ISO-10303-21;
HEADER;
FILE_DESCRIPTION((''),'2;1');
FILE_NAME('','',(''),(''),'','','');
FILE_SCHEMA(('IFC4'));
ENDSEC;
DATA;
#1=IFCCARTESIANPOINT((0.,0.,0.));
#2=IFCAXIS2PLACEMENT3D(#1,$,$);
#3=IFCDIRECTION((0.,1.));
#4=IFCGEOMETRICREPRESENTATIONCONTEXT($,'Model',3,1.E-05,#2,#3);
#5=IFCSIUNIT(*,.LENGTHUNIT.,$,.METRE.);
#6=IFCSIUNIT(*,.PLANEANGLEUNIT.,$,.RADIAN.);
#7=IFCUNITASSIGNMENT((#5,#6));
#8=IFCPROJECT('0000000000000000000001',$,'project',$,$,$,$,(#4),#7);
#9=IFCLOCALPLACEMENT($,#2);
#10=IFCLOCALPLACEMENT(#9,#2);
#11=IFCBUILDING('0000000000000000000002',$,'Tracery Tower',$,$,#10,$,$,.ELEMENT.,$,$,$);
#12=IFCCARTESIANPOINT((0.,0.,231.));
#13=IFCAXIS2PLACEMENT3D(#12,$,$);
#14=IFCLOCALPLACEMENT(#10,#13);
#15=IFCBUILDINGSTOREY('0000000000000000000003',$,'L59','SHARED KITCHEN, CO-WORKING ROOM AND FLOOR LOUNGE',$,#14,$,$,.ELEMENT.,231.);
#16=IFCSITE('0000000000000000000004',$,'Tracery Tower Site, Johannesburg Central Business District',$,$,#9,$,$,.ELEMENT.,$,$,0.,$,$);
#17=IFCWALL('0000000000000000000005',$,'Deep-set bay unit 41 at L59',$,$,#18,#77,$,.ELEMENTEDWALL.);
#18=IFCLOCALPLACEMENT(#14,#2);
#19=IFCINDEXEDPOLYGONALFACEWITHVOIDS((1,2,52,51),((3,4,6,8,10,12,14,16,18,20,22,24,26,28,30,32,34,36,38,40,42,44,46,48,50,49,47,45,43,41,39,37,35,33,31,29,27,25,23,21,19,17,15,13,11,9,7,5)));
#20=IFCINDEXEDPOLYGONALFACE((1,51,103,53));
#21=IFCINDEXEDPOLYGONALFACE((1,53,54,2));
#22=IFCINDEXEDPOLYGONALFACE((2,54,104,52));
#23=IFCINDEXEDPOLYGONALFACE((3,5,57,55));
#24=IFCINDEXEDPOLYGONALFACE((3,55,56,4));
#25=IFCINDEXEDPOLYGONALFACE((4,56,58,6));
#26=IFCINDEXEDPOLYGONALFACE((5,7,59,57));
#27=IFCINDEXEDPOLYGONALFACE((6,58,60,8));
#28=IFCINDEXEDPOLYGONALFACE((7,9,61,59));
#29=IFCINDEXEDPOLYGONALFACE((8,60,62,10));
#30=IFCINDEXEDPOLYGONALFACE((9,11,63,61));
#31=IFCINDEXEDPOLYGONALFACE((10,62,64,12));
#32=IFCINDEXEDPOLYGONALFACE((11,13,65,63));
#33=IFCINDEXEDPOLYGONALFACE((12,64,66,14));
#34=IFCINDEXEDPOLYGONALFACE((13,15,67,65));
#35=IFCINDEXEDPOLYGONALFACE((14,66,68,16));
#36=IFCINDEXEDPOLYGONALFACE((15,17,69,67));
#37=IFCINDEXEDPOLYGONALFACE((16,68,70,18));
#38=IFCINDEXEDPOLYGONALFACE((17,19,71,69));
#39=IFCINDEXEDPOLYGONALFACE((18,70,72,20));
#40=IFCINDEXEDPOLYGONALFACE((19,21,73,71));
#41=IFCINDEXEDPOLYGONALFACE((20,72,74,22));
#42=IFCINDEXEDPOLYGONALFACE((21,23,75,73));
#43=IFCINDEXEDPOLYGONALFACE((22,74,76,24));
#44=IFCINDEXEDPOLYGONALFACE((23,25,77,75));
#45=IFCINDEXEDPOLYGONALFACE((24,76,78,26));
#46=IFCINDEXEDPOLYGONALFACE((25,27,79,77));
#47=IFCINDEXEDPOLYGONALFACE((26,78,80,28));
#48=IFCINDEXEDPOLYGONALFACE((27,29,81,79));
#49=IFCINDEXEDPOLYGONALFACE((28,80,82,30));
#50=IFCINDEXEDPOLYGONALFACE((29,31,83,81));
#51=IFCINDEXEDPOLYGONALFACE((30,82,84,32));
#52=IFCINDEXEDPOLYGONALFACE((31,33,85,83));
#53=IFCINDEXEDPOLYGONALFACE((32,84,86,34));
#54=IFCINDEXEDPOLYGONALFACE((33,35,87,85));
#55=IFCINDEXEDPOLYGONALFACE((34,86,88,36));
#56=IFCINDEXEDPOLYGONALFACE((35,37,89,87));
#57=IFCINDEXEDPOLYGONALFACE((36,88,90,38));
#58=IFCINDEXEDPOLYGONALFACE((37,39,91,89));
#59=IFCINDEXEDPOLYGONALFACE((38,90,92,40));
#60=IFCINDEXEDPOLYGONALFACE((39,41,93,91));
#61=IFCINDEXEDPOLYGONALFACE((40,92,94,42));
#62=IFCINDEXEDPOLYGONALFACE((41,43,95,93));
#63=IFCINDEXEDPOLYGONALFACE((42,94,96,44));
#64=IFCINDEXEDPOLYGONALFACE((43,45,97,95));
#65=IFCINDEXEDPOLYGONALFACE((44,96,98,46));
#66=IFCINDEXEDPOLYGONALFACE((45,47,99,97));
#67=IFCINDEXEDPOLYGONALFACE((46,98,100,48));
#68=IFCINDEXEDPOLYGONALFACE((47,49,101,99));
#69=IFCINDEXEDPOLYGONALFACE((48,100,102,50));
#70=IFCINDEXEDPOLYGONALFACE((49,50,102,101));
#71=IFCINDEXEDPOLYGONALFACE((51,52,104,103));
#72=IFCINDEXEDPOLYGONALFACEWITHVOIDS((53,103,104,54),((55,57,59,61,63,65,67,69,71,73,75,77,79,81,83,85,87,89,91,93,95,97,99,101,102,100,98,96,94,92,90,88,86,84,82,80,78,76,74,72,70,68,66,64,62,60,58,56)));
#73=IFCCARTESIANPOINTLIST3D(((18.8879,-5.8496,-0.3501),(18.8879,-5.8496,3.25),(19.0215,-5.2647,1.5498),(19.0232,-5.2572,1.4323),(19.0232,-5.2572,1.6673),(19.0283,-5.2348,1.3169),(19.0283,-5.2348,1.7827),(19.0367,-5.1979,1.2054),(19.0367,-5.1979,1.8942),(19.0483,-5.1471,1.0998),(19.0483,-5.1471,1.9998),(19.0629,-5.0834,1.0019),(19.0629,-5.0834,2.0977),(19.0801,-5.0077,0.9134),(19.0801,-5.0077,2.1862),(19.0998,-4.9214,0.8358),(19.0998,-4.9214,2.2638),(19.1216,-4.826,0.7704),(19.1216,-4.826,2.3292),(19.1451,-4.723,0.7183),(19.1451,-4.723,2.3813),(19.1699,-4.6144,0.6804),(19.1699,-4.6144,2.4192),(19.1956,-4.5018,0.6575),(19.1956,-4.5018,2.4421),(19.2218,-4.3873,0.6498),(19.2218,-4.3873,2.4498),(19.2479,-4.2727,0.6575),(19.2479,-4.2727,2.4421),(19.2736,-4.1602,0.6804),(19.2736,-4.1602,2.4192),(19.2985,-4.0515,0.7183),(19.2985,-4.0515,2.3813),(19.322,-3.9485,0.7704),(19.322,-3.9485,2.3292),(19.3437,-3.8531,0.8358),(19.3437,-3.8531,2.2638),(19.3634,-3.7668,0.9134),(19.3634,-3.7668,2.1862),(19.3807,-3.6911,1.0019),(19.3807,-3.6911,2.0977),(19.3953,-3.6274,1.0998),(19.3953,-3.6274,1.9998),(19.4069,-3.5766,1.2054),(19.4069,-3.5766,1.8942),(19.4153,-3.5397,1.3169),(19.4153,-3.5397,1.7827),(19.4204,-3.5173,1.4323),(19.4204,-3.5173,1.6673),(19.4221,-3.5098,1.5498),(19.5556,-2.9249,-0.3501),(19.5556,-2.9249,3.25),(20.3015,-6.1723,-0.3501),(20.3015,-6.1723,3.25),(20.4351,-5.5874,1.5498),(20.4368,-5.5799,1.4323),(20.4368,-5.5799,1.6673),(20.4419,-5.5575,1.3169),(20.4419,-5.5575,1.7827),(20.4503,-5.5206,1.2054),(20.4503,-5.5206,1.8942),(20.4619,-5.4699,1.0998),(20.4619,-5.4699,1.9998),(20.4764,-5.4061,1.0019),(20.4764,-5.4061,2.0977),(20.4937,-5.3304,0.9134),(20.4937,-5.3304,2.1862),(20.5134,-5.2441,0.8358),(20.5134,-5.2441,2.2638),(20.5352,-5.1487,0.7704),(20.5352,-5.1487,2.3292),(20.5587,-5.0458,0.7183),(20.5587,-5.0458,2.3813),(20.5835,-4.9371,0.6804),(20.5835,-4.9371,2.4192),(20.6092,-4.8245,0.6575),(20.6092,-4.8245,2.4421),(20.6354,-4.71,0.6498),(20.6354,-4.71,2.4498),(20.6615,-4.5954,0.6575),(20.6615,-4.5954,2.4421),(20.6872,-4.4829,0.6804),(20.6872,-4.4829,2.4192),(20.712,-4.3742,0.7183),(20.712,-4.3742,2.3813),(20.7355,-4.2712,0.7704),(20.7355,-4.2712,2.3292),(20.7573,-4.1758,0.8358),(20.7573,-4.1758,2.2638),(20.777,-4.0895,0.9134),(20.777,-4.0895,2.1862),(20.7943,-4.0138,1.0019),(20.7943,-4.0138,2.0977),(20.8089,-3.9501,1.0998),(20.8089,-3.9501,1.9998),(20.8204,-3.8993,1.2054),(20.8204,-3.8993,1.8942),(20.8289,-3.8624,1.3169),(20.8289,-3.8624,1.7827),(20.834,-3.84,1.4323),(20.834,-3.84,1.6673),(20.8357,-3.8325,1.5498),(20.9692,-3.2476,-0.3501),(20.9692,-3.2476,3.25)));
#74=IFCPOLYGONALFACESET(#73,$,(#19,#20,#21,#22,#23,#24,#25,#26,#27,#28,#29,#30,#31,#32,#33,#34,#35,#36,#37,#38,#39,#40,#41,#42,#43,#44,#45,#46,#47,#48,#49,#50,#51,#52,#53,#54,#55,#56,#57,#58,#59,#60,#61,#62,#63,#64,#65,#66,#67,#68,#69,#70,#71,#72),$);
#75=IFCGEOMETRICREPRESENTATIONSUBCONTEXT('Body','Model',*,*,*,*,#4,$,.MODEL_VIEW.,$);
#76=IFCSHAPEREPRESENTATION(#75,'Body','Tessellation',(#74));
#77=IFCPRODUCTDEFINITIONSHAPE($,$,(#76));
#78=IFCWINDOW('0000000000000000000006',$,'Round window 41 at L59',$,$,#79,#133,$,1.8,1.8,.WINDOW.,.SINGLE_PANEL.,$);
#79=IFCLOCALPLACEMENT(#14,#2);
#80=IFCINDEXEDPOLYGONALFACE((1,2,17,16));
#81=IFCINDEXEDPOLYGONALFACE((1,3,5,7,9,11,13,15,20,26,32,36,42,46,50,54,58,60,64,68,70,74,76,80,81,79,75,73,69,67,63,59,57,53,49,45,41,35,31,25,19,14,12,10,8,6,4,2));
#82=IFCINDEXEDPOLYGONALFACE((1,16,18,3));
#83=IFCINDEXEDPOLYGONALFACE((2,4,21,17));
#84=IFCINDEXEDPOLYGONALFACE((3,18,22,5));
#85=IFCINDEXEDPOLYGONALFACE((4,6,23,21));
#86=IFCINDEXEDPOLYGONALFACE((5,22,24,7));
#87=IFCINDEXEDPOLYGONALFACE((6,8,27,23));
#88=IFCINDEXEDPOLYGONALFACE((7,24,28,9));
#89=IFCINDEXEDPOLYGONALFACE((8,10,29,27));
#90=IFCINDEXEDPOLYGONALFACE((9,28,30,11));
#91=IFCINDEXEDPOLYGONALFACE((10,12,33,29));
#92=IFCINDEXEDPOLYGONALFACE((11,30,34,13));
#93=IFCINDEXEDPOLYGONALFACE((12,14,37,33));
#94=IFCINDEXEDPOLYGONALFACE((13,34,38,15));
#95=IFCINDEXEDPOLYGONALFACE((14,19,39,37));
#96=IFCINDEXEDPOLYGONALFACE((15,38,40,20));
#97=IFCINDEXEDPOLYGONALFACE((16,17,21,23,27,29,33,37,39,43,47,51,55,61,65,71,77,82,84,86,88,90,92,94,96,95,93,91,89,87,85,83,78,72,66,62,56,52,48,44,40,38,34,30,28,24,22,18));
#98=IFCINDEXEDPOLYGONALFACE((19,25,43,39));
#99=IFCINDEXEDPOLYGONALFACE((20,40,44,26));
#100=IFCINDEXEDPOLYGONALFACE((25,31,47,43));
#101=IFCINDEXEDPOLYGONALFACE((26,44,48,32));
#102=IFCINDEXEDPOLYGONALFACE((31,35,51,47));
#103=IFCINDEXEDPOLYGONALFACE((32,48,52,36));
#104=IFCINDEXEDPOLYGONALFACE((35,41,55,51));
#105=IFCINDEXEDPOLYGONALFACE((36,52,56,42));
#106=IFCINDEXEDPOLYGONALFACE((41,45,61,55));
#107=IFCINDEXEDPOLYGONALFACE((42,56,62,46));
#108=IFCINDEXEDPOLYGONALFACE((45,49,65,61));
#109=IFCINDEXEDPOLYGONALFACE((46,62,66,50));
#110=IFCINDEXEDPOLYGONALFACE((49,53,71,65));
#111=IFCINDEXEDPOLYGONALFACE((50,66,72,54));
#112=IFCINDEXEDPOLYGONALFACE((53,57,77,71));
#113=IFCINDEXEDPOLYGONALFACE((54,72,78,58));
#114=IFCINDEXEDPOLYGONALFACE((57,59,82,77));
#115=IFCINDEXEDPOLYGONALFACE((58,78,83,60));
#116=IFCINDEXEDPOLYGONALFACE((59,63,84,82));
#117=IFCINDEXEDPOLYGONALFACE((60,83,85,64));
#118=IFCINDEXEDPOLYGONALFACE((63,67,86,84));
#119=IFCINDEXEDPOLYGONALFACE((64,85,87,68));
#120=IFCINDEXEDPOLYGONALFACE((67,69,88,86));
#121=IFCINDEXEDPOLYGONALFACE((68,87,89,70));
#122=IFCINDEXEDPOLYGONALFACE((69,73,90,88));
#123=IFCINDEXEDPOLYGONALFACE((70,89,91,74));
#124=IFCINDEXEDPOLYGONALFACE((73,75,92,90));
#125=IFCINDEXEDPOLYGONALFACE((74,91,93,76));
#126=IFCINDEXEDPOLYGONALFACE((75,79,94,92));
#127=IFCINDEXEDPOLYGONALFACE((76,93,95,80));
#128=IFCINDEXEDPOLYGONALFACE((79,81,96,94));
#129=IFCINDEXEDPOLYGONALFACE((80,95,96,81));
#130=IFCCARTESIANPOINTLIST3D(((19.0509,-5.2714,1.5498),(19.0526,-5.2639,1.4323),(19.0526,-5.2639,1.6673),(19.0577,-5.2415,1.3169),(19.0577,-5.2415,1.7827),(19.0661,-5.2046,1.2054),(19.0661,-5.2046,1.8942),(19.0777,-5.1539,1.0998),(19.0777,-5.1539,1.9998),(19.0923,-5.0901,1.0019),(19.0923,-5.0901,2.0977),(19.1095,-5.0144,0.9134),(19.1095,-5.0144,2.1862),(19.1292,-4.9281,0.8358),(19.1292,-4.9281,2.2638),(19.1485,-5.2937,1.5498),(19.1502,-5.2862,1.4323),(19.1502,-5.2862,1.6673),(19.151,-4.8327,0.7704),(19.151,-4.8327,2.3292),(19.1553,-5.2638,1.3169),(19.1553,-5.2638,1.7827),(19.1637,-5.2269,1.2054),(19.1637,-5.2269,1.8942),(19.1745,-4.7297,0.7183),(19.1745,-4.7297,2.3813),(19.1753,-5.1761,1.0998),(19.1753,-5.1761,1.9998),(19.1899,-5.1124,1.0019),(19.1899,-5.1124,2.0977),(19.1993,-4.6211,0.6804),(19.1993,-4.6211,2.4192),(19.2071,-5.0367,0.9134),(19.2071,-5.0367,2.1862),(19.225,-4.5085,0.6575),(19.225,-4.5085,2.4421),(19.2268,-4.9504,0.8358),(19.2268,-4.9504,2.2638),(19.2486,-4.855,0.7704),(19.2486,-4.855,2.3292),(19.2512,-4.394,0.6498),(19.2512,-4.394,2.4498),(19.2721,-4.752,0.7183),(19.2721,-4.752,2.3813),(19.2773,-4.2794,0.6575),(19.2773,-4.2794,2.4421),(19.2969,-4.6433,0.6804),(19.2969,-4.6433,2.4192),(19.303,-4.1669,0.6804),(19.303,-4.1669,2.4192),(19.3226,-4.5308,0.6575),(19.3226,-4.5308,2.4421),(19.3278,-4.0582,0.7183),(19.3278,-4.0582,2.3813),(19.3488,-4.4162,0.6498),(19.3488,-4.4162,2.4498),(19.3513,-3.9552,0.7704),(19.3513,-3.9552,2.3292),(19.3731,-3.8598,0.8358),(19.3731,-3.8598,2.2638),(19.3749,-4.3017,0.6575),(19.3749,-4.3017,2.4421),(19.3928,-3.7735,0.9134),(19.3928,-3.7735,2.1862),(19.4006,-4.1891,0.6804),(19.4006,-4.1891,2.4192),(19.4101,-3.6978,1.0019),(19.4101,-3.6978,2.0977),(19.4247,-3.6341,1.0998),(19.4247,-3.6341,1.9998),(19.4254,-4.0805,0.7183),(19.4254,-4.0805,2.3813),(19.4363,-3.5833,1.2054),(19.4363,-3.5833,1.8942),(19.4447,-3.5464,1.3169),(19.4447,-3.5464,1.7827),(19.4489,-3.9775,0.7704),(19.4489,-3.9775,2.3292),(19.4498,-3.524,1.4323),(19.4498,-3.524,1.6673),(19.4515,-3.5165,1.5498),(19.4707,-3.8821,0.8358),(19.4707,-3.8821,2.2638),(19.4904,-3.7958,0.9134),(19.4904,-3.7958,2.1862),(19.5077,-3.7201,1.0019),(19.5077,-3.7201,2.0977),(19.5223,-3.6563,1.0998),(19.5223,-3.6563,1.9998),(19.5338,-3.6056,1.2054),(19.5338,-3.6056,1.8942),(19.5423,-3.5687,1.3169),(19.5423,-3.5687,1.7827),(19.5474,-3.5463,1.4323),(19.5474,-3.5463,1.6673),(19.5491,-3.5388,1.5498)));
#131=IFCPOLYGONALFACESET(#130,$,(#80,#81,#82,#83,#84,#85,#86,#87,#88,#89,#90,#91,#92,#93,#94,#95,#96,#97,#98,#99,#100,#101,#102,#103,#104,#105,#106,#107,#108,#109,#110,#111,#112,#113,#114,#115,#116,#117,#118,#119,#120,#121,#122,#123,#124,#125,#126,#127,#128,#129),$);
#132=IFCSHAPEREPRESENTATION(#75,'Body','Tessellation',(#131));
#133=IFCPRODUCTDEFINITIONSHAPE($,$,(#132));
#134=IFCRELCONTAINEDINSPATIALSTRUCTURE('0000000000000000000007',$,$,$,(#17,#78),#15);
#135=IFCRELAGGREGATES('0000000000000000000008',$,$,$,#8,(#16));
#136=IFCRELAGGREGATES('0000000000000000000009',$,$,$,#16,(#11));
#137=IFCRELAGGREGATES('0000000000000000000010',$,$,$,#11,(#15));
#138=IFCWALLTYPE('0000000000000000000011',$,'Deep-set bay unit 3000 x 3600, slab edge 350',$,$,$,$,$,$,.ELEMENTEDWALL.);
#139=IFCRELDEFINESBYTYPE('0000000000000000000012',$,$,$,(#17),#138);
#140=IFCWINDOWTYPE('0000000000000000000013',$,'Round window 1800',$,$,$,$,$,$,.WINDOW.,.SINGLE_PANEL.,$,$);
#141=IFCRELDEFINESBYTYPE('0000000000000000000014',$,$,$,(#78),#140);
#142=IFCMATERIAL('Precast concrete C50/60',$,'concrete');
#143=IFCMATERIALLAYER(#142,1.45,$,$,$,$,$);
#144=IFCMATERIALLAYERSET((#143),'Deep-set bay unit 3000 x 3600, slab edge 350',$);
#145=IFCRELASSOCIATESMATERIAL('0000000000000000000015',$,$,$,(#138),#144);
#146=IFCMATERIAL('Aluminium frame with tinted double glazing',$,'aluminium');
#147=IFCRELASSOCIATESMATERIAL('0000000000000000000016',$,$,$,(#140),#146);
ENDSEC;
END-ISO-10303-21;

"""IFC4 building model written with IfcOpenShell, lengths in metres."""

from ifc_helpers import new_model, si_unit, direction, frame, frame_2d, origin, origin_2d, place, context, subcontext, project, spatial, rectangle, circle, extrude, material, layer, layer_set, type_object, element, fill, save


model = new_model("IFC4")

# Units and contexts
model_context = context("Model", 3, precision=1e-05, world=origin(), true_north=direction((0.0, 1.0)))
body_context = subcontext(model_context, "Body", "Model", "MODEL_VIEW")
ifc_project = project(units=[si_unit("LENGTHUNIT", "METRE"), si_unit("PLANEANGLEUNIT", "RADIAN")], contexts=[model_context])

# Site, building, storey
site_placement = place(None, origin())
site = spatial("IfcSite", under=ifc_project, at=site_placement, Name="Tracery Tower Site, Johannesburg Central Business District", CompositionType="ELEMENT", RefElevation=0.0)
building_placement = place(site_placement, origin())
building = spatial("IfcBuilding", under=site, at=building_placement, Name="Tracery Tower", CompositionType="ELEMENT")
storey_placement = place(building_placement, frame((0.0, 0.0, 231.0)))
storey = spatial("IfcBuildingStorey", under=building, at=storey_placement, Name="L59", Description="SHARED KITCHEN, CO-WORKING ROOM AND FLOOR LOUNGE", CompositionType="ELEMENT", Elevation=231.0)

# Wall, opening, window
ifc_material_1 = material(Name="Precast concrete C50/60", Category="concrete")
ifc_layer_1 = layer(ifc_material_1, 1.45)
ifc_layer_set_1 = layer_set([ifc_layer_1], Name="Deep-set bay unit 3000 x 3600, slab edge 350")
wall_type_1 = type_object("IfcWallType", Name="Deep-set bay unit 3000 x 3600, slab edge 350", PredefinedType="ELEMENTEDWALL", material=ifc_layer_set_1)
wall_1_placement = place(storey_placement, frame((19.5947, -6.011, -0.3501), z_axis=(0.0, 0.0, 1.0), x_axis=(0.222571, 0.974917, 0.0)))
wall_1 = element("IfcWall", 1, at=wall_1_placement, inside=storey, type_object=wall_type_1, Name="Deep-set bay unit 41 at L59", PredefinedType="ELEMENTEDWALL", context=body_context, shape_type="SweptSolid", body=[
    extrude(rectangle(XDim=3.0, YDim=1.45, at=frame_2d((1.5, 0.0))), origin(), (0.0, 0.0, 1.0), 3.6001),
])
opening_1_placement = place(wall_1_placement, frame((1.5, 0.0, 1.8999)))
opening_1 = element("IfcOpeningElement", 2, at=opening_1_placement, cuts=wall_1, PredefinedType="OPENING", context=body_context, shape_type="SweptSolid", body=[
    extrude(circle(Radius=0.9, at=origin_2d()), frame((0.0, 0.7349, 0.0), z_axis=(0.0, -1.0, 0.0), x_axis=(1.0, 0.0, 0.0)), (0.0, 0.0, 1.0), 1.47),
])
ifc_material_2 = material(Name="Aluminium frame with tinted double glazing", Category="aluminium")
window_type = type_object("IfcWindowType", Name="Round window 1800", PartitioningType="SINGLE_PANEL", PredefinedType="WINDOW", material=ifc_material_2)
window_1_placement = place(opening_1_placement, origin())
window_1 = element("IfcWindow", 3, at=window_1_placement, inside=storey, type_object=window_type, Name="Round window 41 at L59", OverallHeight=1.8, OverallWidth=1.8, PartitioningType="SINGLE_PANEL", PredefinedType="WINDOW", context=body_context, shape_type="SweptSolid", body=[
    extrude(circle(Radius=0.9, at=origin_2d()), frame((0.0, 0.6948, 0.0), z_axis=(0.0, -1.0, 0.0), x_axis=(1.0, 0.0, 0.0)), (0.0, 0.0, 1.0), 0.1001),
])
fill(opening_1, window_1)

save(model, "model.ifc")
